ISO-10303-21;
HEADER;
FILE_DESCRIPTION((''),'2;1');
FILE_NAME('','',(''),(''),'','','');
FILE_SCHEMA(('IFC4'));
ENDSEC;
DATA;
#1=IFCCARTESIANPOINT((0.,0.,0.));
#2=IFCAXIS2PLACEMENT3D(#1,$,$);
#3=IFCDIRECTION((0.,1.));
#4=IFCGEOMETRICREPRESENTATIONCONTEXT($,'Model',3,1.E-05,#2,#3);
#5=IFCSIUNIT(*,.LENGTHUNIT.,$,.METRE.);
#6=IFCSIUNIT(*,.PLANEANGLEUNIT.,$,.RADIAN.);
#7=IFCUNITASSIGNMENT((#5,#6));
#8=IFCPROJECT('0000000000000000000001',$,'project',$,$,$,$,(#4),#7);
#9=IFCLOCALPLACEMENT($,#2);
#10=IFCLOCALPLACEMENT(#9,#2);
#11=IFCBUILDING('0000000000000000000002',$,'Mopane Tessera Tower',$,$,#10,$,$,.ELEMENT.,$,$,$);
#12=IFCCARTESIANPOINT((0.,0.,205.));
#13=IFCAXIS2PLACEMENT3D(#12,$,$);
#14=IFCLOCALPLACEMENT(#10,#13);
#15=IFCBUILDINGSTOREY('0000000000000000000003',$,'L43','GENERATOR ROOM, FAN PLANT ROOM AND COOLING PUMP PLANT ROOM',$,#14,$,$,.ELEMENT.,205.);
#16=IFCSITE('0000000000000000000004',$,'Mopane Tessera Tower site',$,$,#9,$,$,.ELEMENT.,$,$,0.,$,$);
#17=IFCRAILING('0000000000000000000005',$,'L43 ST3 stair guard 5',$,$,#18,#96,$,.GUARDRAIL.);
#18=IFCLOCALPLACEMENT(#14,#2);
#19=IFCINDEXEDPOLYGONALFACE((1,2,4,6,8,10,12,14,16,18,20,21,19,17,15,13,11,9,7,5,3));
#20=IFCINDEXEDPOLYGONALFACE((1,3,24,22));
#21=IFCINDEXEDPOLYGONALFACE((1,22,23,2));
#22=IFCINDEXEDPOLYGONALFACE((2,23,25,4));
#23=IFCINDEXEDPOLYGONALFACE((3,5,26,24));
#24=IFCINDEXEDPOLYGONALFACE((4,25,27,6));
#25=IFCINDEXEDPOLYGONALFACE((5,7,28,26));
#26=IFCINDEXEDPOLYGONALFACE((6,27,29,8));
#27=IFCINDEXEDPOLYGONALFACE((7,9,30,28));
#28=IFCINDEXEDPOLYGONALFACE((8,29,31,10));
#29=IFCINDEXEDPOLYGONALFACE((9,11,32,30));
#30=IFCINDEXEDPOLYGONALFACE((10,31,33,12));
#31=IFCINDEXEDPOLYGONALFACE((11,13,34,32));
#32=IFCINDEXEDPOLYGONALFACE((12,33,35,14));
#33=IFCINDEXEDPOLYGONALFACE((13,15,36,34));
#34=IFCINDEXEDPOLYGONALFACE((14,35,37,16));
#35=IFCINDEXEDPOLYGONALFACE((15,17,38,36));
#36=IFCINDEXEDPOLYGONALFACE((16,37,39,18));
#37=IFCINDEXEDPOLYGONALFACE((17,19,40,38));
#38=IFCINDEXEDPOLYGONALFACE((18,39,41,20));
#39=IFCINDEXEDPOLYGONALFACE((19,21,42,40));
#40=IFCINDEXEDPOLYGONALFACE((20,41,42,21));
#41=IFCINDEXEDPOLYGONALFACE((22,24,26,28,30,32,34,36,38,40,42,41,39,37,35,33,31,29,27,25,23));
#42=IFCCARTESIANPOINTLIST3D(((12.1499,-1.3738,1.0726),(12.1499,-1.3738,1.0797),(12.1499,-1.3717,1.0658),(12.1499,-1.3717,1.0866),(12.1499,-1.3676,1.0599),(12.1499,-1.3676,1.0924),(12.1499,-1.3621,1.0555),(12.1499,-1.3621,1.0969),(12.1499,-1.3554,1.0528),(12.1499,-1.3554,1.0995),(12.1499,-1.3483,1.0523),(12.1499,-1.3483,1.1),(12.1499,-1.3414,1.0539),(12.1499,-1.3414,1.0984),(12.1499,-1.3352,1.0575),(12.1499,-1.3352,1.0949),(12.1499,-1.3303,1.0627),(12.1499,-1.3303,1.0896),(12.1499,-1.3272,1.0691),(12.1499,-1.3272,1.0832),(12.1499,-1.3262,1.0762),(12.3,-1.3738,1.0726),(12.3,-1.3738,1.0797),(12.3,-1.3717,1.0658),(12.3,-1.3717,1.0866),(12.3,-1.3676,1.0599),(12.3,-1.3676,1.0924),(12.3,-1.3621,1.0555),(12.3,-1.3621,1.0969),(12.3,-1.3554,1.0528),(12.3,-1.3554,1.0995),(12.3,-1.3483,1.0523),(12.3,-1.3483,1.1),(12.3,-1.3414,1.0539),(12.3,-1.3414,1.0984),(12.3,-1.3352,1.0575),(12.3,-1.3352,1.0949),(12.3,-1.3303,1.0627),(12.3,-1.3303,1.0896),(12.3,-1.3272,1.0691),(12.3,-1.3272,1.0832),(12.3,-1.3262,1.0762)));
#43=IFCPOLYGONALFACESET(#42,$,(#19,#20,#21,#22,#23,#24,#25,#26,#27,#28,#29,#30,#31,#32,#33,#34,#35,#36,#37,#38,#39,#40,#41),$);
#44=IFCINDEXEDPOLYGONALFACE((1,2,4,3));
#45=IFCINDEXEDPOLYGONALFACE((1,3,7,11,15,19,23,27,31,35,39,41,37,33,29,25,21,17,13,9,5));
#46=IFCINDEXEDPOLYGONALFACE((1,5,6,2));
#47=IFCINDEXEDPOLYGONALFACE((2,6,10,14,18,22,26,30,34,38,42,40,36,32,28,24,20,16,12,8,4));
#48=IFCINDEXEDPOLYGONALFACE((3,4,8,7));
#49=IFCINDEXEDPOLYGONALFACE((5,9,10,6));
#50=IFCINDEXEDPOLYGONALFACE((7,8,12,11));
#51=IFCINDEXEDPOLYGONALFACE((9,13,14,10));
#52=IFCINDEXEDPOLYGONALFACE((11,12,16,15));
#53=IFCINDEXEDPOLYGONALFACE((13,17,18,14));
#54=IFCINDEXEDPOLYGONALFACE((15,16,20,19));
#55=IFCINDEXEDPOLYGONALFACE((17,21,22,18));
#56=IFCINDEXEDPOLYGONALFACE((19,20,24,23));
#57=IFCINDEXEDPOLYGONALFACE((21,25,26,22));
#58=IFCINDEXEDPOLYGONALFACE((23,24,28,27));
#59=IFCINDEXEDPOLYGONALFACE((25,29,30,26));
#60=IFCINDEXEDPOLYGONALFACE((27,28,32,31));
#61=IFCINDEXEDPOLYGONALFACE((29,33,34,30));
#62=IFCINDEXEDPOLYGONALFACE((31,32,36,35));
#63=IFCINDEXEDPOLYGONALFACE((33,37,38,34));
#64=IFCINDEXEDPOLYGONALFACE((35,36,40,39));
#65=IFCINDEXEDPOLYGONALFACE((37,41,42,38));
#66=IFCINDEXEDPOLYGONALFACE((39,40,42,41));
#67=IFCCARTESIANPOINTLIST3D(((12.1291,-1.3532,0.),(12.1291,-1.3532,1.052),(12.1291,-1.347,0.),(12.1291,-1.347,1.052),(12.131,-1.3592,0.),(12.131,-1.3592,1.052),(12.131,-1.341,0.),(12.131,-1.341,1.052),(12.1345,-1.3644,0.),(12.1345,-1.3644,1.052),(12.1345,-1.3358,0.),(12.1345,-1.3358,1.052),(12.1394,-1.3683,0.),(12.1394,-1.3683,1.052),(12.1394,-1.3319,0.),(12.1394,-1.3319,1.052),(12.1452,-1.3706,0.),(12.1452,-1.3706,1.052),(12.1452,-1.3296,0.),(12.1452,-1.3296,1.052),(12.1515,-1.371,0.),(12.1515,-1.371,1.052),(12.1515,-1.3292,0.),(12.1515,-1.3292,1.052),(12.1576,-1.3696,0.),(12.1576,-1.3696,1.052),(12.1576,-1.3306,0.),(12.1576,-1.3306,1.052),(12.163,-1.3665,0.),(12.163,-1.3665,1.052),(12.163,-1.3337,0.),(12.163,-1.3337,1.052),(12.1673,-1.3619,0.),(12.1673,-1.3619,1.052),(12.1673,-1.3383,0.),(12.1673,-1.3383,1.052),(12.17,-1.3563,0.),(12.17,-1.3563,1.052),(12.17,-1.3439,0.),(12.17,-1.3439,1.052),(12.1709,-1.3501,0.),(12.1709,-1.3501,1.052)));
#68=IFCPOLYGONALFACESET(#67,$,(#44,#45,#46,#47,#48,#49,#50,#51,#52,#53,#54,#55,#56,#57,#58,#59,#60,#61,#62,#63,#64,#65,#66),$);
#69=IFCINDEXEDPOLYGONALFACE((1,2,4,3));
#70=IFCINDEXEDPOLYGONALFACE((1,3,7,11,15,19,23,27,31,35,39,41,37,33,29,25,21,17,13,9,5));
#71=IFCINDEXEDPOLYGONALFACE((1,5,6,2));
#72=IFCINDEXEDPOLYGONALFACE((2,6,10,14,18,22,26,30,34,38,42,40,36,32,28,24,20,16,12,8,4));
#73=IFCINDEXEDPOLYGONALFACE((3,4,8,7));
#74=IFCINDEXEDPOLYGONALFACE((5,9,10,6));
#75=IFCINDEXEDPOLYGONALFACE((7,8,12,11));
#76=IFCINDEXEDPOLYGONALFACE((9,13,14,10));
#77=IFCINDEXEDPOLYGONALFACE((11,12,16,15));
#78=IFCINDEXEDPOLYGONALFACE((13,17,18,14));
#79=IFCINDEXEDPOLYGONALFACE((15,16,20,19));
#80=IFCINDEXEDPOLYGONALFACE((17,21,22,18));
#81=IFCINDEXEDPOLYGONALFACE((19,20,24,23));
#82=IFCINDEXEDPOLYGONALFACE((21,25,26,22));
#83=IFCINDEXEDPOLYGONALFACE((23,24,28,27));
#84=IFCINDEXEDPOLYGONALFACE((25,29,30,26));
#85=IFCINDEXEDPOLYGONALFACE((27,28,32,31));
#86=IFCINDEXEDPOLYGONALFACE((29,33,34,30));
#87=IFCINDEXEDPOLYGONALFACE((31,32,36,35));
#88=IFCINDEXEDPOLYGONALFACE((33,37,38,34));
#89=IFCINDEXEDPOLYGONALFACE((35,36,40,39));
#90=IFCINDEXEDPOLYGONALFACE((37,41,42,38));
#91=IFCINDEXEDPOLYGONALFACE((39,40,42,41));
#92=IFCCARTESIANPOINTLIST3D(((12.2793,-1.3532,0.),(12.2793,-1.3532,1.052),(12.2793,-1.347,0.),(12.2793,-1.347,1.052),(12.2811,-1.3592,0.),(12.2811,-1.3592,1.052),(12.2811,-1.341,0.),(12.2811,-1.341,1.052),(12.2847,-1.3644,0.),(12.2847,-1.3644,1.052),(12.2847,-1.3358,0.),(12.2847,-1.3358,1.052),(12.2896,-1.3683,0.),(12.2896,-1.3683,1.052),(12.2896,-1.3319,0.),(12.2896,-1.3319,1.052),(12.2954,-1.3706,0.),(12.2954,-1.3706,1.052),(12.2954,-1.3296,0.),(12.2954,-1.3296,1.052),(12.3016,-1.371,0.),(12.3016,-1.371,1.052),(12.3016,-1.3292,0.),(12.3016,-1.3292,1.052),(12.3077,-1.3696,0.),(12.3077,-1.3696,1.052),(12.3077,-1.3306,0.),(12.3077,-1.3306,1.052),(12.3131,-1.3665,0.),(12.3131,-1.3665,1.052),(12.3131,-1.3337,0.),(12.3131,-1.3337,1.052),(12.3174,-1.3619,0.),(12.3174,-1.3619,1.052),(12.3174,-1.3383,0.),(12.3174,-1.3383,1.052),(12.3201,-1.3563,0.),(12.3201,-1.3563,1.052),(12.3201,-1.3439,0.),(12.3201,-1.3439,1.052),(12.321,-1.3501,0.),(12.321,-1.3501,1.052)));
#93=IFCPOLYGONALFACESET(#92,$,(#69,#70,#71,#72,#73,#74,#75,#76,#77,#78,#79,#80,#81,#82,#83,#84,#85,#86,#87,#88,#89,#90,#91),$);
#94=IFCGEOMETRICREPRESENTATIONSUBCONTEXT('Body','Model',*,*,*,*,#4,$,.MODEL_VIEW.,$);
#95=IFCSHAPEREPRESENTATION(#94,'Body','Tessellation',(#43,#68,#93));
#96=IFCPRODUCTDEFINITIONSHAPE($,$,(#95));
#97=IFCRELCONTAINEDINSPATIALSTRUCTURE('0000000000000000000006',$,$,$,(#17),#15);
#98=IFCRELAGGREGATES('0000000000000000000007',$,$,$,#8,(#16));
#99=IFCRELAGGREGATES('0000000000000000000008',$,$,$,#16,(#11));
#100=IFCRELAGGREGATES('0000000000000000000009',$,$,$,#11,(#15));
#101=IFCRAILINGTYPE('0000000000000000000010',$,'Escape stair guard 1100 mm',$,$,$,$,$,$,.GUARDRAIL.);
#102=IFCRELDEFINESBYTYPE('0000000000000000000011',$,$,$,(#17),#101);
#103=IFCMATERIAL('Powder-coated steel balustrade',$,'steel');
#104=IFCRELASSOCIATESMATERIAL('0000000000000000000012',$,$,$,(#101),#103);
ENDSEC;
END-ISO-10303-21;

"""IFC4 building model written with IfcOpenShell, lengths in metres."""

from ifc_helpers import new_model, si_unit, direction, frame, origin, origin_2d, place, context, subcontext, project, spatial, circle, extrude, material, type_object, element, save


model = new_model("IFC4")

# Units and contexts
model_context = context("Model", 3, precision=1e-05, world=origin(), true_north=direction((0.0, 1.0)))
body_context = subcontext(model_context, "Body", "Model", "MODEL_VIEW")
ifc_project = project(units=[si_unit("LENGTHUNIT", "METRE"), si_unit("PLANEANGLEUNIT", "RADIAN")], contexts=[model_context])

# Site, building, storey
site_placement = place(None, origin())
site = spatial("IfcSite", under=ifc_project, at=site_placement, Name="Mopane Tessera Tower site", CompositionType="ELEMENT", RefElevation=0.0)
building_placement = place(site_placement, origin())
building = spatial("IfcBuilding", under=site, at=building_placement, Name="Mopane Tessera Tower", CompositionType="ELEMENT")
storey_placement = place(building_placement, frame((0.0, 0.0, 205.0)))
storey = spatial("IfcBuildingStorey", under=building, at=storey_placement, Name="L43", Description="GENERATOR ROOM, FAN PLANT ROOM AND COOLING PUMP PLANT ROOM", CompositionType="ELEMENT", Elevation=205.0)

# Railing
ifc_material_1 = material(Name="Powder-coated steel balustrade", Category="steel")
railing_type_1 = type_object("IfcRailingType", Name="Escape stair guard 1100 mm", PredefinedType="GUARDRAIL", material=ifc_material_1)
railing_1_placement = place(storey_placement, frame((12.1499, -1.3501, 0.0)))
element("IfcRailing", 1, at=railing_1_placement, inside=storey, type_object=railing_type_1, Name="L43 ST3 stair guard 5", PredefinedType="GUARDRAIL", context=body_context, shape_type="SweptSolid", body=[
    extrude(circle(Radius=0.0239, at=origin_2d()), frame((0.0, 0.0, 1.0762), z_axis=(1.0, 0.0, 0.0), x_axis=(0.0, 1.0, 0.0)), (0.0, 0.0, 1.0), 0.1501),
    extrude(circle(Radius=0.021, at=origin_2d()), origin(), (0.0, 0.0, 1.0), 1.052),
    extrude(circle(Radius=0.021, at=origin_2d()), frame((0.1501, 0.0, 0.0)), (0.0, 0.0, 1.0), 1.052),
])

save(model, "model.ifc")
